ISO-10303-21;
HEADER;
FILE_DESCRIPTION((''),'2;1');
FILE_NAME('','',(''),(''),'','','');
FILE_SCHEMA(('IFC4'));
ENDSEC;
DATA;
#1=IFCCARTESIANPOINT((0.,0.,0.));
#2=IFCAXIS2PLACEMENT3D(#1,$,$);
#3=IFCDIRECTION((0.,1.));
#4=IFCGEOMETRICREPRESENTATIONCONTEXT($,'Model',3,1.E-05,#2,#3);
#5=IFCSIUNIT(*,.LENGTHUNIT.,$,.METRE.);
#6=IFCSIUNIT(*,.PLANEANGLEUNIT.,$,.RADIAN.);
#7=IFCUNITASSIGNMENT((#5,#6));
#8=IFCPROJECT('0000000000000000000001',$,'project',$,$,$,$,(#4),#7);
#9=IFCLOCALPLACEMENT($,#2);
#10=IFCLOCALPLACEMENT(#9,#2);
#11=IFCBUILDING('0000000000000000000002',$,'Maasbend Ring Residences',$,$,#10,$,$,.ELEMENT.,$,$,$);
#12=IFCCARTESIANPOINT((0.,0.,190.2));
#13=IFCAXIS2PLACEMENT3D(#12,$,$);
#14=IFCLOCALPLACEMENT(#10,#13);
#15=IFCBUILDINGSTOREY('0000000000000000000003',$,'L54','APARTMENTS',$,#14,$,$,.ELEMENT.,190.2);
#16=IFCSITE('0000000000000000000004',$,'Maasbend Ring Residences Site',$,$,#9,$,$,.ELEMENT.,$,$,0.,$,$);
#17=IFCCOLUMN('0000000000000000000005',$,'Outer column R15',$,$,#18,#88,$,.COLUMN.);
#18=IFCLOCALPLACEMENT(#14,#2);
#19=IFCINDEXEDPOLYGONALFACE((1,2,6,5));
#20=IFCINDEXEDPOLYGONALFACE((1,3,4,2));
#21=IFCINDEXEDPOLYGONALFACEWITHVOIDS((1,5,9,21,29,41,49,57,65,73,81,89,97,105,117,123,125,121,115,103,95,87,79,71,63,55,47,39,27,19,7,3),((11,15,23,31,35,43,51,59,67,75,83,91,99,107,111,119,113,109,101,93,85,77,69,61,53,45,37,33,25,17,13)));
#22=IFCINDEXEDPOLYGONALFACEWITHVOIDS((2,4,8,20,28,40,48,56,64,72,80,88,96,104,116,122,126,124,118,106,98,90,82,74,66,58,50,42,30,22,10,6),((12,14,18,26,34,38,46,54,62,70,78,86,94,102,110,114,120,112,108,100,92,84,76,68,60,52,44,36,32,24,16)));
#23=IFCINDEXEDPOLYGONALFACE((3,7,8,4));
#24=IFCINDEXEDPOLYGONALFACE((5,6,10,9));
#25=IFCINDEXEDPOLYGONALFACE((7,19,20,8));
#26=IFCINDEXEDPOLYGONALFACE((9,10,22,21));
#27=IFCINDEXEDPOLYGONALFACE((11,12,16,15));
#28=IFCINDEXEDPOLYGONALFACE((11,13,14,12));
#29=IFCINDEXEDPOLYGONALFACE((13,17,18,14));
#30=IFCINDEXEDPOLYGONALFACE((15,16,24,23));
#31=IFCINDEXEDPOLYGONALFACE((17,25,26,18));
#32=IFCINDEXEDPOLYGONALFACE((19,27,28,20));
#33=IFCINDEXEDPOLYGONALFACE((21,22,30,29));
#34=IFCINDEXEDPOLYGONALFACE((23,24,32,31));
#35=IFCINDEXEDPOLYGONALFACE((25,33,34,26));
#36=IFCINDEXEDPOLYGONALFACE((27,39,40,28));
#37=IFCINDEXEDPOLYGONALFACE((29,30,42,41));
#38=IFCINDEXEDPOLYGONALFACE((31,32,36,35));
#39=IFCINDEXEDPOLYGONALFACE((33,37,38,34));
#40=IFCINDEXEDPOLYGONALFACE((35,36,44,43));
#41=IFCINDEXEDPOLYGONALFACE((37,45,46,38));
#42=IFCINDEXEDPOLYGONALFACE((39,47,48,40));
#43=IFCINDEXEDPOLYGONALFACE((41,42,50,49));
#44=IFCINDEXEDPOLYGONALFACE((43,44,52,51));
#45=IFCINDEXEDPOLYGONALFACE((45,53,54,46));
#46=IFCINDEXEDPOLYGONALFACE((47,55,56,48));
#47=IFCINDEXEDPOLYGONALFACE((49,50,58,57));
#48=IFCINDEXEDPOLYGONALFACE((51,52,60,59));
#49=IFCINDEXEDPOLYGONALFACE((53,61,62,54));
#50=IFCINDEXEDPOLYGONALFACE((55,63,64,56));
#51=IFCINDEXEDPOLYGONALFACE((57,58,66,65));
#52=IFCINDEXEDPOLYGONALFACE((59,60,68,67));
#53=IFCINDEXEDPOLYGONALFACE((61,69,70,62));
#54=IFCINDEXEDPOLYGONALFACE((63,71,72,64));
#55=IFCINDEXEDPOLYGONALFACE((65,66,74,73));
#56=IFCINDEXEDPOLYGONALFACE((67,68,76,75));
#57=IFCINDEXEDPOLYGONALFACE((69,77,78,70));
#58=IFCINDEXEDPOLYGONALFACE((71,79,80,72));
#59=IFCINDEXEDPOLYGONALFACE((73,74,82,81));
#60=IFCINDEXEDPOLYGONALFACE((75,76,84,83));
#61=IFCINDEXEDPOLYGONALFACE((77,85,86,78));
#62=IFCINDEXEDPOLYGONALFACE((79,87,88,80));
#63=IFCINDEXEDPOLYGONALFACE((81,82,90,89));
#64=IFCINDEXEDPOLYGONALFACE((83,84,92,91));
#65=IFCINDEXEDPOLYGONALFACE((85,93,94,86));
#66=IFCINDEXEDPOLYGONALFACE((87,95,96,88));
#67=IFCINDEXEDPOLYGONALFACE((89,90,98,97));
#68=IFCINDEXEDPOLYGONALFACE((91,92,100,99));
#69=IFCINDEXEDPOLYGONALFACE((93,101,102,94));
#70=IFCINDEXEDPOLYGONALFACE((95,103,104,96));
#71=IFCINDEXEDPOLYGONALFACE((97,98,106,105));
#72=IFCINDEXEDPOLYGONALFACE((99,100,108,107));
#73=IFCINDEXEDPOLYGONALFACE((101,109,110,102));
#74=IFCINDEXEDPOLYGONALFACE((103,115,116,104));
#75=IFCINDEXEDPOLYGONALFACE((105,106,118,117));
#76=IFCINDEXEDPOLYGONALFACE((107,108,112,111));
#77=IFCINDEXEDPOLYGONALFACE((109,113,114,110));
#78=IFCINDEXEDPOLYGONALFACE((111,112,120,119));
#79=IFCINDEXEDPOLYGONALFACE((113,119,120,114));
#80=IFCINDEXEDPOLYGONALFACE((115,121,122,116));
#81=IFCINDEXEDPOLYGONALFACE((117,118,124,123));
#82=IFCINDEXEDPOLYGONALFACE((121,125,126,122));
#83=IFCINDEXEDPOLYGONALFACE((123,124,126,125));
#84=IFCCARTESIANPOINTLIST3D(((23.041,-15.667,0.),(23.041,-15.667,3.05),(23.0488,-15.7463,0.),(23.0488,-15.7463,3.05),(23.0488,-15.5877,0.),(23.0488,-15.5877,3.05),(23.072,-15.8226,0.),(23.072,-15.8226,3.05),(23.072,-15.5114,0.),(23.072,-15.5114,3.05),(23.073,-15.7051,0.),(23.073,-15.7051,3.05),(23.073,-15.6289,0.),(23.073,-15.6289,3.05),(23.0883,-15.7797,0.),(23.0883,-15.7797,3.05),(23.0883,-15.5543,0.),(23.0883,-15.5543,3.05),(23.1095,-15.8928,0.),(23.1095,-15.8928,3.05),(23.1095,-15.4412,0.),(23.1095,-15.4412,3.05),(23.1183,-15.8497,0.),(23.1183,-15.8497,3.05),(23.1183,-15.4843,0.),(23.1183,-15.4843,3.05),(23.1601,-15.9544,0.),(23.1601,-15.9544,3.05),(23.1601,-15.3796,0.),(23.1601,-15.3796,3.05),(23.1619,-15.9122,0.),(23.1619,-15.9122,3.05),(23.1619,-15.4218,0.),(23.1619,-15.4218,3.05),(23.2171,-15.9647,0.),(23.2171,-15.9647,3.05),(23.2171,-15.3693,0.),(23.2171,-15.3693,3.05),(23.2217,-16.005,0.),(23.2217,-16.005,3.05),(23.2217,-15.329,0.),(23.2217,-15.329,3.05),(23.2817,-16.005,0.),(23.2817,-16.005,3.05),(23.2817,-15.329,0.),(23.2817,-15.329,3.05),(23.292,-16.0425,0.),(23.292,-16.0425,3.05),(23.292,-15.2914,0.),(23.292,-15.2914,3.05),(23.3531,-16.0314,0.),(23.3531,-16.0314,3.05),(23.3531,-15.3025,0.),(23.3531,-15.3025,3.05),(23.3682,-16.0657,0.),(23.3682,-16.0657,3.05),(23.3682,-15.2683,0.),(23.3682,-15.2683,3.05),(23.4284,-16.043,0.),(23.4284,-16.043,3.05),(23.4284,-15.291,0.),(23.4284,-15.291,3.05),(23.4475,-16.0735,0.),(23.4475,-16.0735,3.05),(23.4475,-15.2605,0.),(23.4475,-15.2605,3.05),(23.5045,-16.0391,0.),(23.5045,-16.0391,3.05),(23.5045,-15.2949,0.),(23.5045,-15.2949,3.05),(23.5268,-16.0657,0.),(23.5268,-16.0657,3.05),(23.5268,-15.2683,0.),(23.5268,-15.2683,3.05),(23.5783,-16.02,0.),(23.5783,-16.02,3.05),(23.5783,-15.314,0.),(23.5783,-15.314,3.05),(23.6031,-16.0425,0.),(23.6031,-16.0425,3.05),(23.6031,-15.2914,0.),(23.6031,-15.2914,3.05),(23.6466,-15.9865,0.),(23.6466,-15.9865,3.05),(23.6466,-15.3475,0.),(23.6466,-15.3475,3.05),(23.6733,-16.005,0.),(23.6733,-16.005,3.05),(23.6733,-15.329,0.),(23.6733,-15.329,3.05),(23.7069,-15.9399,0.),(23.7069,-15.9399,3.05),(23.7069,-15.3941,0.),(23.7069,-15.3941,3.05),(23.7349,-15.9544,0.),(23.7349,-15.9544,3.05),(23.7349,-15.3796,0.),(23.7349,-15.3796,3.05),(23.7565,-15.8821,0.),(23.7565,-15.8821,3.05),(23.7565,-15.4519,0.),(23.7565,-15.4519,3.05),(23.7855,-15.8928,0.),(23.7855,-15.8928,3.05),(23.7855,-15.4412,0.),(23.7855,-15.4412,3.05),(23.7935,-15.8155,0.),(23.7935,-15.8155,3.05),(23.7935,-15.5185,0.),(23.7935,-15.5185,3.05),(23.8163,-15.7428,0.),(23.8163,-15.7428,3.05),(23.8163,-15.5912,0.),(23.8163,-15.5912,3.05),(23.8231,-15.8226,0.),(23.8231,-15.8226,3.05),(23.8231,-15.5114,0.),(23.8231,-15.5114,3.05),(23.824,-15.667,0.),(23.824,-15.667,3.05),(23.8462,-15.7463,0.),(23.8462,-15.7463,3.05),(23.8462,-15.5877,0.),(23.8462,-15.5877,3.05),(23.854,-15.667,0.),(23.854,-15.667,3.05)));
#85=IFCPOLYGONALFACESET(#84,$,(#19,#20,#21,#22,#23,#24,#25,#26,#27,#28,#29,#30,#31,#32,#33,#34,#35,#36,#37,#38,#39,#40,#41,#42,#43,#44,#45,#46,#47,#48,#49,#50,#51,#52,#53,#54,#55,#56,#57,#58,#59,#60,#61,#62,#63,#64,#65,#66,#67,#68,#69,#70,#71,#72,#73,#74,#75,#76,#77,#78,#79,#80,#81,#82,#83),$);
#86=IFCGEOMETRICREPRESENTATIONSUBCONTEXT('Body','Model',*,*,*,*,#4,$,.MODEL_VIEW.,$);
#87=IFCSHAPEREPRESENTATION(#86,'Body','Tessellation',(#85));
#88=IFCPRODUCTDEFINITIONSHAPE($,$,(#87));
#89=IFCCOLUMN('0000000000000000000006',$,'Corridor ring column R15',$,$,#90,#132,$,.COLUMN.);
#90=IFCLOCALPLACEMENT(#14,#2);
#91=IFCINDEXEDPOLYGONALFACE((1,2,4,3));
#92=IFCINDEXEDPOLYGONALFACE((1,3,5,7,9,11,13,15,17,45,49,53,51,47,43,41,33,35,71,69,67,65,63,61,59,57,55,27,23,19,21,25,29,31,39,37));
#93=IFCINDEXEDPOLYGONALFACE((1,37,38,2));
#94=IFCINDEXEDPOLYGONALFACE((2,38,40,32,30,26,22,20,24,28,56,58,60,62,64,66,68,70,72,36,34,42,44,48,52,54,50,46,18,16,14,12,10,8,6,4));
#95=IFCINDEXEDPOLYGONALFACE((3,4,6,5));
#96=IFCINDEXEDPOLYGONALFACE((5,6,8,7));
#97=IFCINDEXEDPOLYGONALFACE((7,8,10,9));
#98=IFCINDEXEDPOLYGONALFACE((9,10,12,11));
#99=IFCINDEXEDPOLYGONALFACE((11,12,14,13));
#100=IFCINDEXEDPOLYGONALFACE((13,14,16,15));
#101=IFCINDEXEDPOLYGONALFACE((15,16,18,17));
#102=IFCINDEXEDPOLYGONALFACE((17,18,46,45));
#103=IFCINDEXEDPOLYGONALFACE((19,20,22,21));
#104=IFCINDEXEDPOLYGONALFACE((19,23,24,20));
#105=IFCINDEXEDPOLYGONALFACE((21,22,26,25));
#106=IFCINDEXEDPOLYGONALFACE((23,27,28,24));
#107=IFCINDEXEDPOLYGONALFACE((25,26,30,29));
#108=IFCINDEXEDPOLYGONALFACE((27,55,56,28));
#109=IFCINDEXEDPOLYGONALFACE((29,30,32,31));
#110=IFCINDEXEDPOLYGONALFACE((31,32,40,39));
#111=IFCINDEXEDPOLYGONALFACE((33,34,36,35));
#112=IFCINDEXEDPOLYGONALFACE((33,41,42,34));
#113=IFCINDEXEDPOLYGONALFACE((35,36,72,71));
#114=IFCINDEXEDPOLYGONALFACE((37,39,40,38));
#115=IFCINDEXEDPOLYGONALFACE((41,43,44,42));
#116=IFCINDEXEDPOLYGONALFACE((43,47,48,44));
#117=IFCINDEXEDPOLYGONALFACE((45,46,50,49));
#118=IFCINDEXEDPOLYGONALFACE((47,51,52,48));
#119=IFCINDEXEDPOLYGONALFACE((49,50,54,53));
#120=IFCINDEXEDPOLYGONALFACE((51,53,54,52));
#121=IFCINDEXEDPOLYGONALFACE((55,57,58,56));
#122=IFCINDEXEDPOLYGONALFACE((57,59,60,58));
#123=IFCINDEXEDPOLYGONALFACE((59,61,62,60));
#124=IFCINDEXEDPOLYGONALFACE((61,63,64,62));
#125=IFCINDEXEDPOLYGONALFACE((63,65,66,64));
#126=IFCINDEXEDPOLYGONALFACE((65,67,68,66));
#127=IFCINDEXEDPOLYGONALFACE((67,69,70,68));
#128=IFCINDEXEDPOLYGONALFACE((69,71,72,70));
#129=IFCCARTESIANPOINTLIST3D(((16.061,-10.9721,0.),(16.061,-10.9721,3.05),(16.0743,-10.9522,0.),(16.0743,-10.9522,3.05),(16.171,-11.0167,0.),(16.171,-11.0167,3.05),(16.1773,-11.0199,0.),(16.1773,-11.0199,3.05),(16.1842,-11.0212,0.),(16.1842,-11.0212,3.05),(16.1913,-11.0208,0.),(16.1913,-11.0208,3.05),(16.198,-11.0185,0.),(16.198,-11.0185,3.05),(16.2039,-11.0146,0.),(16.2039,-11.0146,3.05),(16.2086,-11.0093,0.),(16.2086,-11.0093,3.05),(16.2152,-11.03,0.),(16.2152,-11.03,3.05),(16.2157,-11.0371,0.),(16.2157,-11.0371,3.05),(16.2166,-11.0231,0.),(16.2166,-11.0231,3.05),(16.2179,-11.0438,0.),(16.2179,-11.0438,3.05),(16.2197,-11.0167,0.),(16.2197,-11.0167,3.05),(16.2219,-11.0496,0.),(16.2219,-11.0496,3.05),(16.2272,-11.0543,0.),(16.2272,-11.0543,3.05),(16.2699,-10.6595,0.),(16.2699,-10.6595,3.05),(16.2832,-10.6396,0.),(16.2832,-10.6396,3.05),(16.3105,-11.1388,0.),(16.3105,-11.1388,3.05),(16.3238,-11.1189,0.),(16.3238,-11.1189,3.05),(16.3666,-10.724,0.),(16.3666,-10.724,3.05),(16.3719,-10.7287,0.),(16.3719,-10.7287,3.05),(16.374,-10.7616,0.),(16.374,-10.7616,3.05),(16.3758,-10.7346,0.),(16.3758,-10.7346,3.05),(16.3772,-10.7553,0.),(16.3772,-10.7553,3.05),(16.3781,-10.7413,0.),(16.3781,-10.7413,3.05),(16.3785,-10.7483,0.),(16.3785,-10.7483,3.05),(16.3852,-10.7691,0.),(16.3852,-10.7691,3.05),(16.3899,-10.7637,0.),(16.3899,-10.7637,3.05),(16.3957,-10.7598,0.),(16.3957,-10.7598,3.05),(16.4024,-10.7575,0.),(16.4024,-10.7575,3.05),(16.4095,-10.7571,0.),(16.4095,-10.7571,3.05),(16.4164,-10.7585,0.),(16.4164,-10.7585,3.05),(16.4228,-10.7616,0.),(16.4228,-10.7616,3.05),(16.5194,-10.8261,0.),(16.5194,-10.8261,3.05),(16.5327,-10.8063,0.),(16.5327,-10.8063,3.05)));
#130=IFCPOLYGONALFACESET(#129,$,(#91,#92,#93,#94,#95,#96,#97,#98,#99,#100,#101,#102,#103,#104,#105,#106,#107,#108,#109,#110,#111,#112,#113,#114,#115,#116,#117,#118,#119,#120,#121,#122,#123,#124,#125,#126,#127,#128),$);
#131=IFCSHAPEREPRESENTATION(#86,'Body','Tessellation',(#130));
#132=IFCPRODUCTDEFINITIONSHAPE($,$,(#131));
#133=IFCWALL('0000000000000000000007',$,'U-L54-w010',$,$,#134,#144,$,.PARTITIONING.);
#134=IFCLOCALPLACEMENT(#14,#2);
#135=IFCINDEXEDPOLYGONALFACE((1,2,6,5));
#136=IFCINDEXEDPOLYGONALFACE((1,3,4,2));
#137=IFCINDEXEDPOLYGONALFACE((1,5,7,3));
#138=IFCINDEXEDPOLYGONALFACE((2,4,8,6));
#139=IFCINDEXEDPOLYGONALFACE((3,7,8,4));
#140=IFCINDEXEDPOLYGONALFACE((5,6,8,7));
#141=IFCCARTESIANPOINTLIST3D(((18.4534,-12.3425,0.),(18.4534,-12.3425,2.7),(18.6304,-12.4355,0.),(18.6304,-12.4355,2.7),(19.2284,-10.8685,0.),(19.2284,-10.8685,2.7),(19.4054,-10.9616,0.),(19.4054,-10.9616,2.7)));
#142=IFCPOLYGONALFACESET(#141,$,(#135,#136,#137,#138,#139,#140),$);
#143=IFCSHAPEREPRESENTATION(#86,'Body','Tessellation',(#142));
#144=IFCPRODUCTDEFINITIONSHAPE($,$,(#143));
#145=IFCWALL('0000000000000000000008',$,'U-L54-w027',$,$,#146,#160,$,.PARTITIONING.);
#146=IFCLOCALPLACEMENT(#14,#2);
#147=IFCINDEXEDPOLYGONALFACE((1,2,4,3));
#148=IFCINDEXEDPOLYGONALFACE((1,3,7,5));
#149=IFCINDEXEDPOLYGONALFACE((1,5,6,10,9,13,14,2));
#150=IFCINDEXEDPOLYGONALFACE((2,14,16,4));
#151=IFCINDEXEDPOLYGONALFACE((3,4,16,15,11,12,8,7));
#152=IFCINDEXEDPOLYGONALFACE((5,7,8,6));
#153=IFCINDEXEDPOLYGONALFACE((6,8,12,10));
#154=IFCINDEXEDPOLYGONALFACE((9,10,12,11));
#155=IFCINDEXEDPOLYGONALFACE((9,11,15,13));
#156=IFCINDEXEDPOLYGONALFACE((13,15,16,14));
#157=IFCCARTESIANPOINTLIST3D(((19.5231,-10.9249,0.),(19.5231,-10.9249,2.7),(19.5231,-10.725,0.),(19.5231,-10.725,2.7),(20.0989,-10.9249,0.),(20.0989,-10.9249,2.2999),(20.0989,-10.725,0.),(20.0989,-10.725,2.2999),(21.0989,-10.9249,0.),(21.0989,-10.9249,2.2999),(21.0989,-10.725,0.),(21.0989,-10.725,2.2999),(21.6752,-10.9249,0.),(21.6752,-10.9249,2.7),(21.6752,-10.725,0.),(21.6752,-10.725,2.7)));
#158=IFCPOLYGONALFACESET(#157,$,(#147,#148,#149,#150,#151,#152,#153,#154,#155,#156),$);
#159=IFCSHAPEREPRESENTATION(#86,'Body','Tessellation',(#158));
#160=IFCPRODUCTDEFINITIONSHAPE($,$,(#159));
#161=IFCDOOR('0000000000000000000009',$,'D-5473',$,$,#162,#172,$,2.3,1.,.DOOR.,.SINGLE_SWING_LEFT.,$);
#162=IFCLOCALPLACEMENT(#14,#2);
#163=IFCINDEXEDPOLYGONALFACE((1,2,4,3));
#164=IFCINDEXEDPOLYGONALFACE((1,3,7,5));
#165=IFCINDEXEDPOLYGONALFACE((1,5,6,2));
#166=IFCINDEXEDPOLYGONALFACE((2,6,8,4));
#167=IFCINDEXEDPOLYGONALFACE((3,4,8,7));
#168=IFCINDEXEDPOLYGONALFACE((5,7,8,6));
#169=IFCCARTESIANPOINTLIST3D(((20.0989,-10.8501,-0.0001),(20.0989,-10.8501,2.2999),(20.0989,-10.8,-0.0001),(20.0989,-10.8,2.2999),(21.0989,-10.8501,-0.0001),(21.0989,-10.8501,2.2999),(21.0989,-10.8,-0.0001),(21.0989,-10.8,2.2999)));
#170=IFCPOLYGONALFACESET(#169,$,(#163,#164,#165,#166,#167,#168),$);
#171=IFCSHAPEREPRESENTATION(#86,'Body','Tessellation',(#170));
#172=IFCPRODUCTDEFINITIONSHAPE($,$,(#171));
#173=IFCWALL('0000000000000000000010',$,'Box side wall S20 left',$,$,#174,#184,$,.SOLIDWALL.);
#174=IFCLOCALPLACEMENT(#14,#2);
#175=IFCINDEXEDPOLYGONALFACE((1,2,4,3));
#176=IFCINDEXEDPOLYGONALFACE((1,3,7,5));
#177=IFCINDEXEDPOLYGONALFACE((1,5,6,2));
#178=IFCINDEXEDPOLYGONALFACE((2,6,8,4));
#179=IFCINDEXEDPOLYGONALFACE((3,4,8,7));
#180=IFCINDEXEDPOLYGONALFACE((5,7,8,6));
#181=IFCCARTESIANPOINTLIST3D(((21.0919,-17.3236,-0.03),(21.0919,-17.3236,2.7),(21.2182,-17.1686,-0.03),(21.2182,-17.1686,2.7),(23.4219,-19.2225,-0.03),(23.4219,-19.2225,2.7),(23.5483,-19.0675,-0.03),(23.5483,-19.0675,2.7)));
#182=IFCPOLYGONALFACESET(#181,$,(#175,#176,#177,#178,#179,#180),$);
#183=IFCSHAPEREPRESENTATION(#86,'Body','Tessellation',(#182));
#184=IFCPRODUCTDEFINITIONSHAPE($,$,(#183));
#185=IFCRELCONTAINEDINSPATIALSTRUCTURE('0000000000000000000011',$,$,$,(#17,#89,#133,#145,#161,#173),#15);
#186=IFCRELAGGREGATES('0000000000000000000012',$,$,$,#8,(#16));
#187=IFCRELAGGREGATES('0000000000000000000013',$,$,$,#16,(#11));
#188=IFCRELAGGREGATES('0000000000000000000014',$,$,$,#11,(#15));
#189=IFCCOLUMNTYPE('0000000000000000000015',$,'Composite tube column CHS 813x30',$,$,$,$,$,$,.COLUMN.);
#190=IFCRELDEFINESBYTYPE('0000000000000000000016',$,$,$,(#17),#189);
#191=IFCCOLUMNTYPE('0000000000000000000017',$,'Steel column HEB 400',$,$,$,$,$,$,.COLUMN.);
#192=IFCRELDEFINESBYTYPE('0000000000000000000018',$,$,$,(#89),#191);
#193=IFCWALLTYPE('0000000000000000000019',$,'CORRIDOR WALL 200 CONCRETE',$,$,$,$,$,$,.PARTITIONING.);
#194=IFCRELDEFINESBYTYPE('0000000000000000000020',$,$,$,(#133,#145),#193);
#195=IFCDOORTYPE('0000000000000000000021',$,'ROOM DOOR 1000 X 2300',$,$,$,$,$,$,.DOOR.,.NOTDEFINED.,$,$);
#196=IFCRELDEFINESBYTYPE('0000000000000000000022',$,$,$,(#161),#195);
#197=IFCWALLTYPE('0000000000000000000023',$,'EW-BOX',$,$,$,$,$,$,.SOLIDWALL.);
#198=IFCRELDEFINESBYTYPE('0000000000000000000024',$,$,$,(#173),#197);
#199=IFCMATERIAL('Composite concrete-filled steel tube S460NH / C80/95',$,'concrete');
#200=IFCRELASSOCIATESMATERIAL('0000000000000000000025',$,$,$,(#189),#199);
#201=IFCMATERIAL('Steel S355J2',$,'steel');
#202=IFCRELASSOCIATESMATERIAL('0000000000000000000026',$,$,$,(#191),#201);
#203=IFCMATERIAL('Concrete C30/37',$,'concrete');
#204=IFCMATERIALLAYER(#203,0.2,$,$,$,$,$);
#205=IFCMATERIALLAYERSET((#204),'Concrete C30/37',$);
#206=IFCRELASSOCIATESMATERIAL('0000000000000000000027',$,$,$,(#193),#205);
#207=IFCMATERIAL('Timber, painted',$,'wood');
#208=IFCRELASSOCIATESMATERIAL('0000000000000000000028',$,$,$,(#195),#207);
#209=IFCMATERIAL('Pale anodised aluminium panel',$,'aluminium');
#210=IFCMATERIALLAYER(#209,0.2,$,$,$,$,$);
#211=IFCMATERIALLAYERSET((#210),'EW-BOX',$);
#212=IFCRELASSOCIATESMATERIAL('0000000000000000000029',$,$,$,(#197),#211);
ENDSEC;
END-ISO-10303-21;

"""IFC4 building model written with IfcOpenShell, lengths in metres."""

from ifc_helpers import new_model, si_unit, direction, frame, frame_2d, origin, origin_2d, place, context, subcontext, project, spatial, rectangle, hollow_circle, i_section, extrude, material, layer, layer_set, material_profile, profile_set, type_object, element, fill, save


model = new_model("IFC4")

# Units and contexts
model_context = context("Model", 3, precision=1e-05, world=origin(), true_north=direction((0.0, 1.0)))
body_context = subcontext(model_context, "Body", "Model", "MODEL_VIEW")
ifc_project = project(units=[si_unit("LENGTHUNIT", "METRE"), si_unit("PLANEANGLEUNIT", "RADIAN")], contexts=[model_context])

# Site, building, storey
site_placement = place(None, origin())
site = spatial("IfcSite", under=ifc_project, at=site_placement, Name="Maasbend Ring Residences Site", CompositionType="ELEMENT", RefElevation=0.0)
building_placement = place(site_placement, origin())
building = spatial("IfcBuilding", under=site, at=building_placement, Name="Maasbend Ring Residences", CompositionType="ELEMENT")
storey_placement = place(building_placement, frame((0.0, 0.0, 190.2)))
storey = spatial("IfcBuildingStorey", under=building, at=storey_placement, Name="L54", Description="APARTMENTS", CompositionType="ELEMENT", Elevation=190.2)

# Columns
ifc_material_1 = material(Name="Composite concrete-filled steel tube S460NH / C80/95", Category="concrete")
ifc_material_profile_1 = material_profile(ifc_material_1, hollow_circle(Radius=0.4065, WallThickness=0.03, at=origin_2d()), Name="Composite tube column CHS 813x30")
ifc_profile_set_1 = profile_set([ifc_material_profile_1], Name="Composite concrete-filled steel tube S460NH / C80/95")
column_type_1 = type_object("IfcColumnType", Name="Composite tube column CHS 813x30", PredefinedType="COLUMN", material=ifc_profile_set_1)
column_1_placement = place(storey_placement, frame((23.4475, -15.667, 0.0), z_axis=(0.0, 0.0, 1.0), x_axis=(1.0, 0.0, 0.0)))
element("IfcColumn", 1, at=column_1_placement, inside=storey, type_object=column_type_1, Name="Outer column R15", PredefinedType="COLUMN", context=body_context, shape_type="SweptSolid", body=[
    extrude(hollow_circle(Radius=0.4065, WallThickness=0.03, at=origin_2d()), origin(), (0.0, 0.0, 1.0), 3.05),
])
ifc_material_2 = material(Name="Steel S355J2", Category="steel")
ifc_material_profile_2 = material_profile(ifc_material_2, i_section(OverallWidth=0.3, OverallDepth=0.3999, WebThickness=0.0134, FlangeThickness=0.0239, FilletRadius=0.0271, at=origin_2d()), Name="HEB 400")
ifc_profile_set_2 = profile_set([ifc_material_profile_2], Name="Steel S355J2")
column_type_2 = type_object("IfcColumnType", Name="Steel column HEB 400", PredefinedType="COLUMN", material=ifc_profile_set_2)
column_2_placement = place(storey_placement, frame((16.2969, -10.8892, 0.0), z_axis=(0.0, 0.0, 1.0), x_axis=(0.83147, -0.55557, 0.0)))
element("IfcColumn", 2, at=column_2_placement, inside=storey, type_object=column_type_2, Name="Corridor ring column R15", PredefinedType="COLUMN", context=body_context, shape_type="SweptSolid", body=[
    extrude(i_section(OverallWidth=0.3, OverallDepth=0.3999, WebThickness=0.0134, FlangeThickness=0.0239, FilletRadius=0.0271, at=origin_2d()), origin(), (0.0, 0.0, 1.0), 3.05),
])

# Wall
ifc_material_3 = material(Name="Concrete C30/37", Category="concrete")
ifc_layer_1 = layer(ifc_material_3, 0.2)
ifc_layer_set_1 = layer_set([ifc_layer_1], Name="Concrete C30/37")
wall_type_1 = type_object("IfcWallType", Name="CORRIDOR WALL 200 CONCRETE", PredefinedType="PARTITIONING", material=ifc_layer_set_1)
wall_1_placement = place(storey_placement, frame((18.542, -12.3889, 0.0), z_axis=(0.0, 0.0, 1.0), x_axis=(0.46536, 0.885122, 0.0)))
element("IfcWall", 3, at=wall_1_placement, inside=storey, type_object=wall_type_1, Name="U-L54-w010", PredefinedType="PARTITIONING", context=body_context, shape_type="SweptSolid", body=[
    extrude(rectangle(XDim=1.6653, YDim=0.2, at=frame_2d((0.8325, 0.0))), origin(), (0.0, 0.0, 1.0), 2.7),
])

# Wall, opening, door
wall_2_placement = place(storey_placement, frame((19.5229, -10.825, 0.0), z_axis=(0.0, 0.0, 1.0), x_axis=(1.0, 0.0, 0.0)))
wall_2 = element("IfcWall", 4, at=wall_2_placement, inside=storey, type_object=wall_type_1, Name="U-L54-w027", PredefinedType="PARTITIONING", context=body_context, shape_type="SweptSolid", body=[
    extrude(rectangle(XDim=2.1521, YDim=0.2, at=frame_2d((1.0762, 0.0))), origin(), (0.0, 0.0, 1.0), 2.7),
])
opening_1_placement = place(wall_2_placement, frame((0.5759, 0.0, 0.0)))
opening_1 = element("IfcOpeningElement", 5, at=opening_1_placement, cuts=wall_2, PredefinedType="OPENING", context=body_context, shape_type="SweptSolid", body=[
    extrude(rectangle(XDim=1.0, YDim=2.3, at=frame_2d((0.5, 1.1499))), frame((0.0, 0.1099, 0.0), z_axis=(0.0, -1.0, 0.0), x_axis=(1.0, 0.0, 0.0)), (0.0, 0.0, 1.0), 0.22),
])
ifc_material_4 = material(Name="Timber, painted", Category="wood")
door_type_1 = type_object("IfcDoorType", Name="ROOM DOOR 1000 X 2300", OperationType="NOTDEFINED", PredefinedType="DOOR", material=ifc_material_4)
door_1_placement = place(opening_1_placement, origin())
door_1 = element("IfcDoor", 6, at=door_1_placement, inside=storey, type_object=door_type_1, Name="D-5473", OperationType="SINGLE_SWING_LEFT", OverallHeight=2.3, OverallWidth=1.0, PredefinedType="DOOR", context=body_context, shape_type="SweptSolid", body=[
    extrude(rectangle(XDim=1.0, YDim=2.3, at=frame_2d((0.5, 1.1499))), frame((0.0, 0.0249, 0.0), z_axis=(0.0, -1.0, 0.0), x_axis=(1.0, 0.0, 0.0)), (0.0, 0.0, 1.0), 0.05),
])
fill(opening_1, door_1)

# Wall
ifc_material_5 = material(Name="Pale anodised aluminium panel", Category="aluminium")
ifc_layer_2 = layer(ifc_material_5, 0.2)
ifc_layer_set_2 = layer_set([ifc_layer_2], Name="EW-BOX")
wall_type_2 = type_object("IfcWallType", Name="EW-BOX", PredefinedType="SOLIDWALL", material=ifc_layer_set_2)
wall_3_placement = place(storey_placement, frame((21.155, -17.2461, -0.03), z_axis=(0.0, 0.0, 1.0), x_axis=(0.775179, -0.631742, 0.0)))
element("IfcWall", 7, at=wall_3_placement, inside=storey, type_object=wall_type_2, Name="Box side wall S20 left", PredefinedType="SOLIDWALL", context=body_context, shape_type="SweptSolid", body=[
    extrude(rectangle(XDim=3.0059, YDim=0.2, at=frame_2d((1.5029, 0.0))), origin(), (0.0, 0.0, 1.0), 2.73),
])

save(model, "model.ifc")
